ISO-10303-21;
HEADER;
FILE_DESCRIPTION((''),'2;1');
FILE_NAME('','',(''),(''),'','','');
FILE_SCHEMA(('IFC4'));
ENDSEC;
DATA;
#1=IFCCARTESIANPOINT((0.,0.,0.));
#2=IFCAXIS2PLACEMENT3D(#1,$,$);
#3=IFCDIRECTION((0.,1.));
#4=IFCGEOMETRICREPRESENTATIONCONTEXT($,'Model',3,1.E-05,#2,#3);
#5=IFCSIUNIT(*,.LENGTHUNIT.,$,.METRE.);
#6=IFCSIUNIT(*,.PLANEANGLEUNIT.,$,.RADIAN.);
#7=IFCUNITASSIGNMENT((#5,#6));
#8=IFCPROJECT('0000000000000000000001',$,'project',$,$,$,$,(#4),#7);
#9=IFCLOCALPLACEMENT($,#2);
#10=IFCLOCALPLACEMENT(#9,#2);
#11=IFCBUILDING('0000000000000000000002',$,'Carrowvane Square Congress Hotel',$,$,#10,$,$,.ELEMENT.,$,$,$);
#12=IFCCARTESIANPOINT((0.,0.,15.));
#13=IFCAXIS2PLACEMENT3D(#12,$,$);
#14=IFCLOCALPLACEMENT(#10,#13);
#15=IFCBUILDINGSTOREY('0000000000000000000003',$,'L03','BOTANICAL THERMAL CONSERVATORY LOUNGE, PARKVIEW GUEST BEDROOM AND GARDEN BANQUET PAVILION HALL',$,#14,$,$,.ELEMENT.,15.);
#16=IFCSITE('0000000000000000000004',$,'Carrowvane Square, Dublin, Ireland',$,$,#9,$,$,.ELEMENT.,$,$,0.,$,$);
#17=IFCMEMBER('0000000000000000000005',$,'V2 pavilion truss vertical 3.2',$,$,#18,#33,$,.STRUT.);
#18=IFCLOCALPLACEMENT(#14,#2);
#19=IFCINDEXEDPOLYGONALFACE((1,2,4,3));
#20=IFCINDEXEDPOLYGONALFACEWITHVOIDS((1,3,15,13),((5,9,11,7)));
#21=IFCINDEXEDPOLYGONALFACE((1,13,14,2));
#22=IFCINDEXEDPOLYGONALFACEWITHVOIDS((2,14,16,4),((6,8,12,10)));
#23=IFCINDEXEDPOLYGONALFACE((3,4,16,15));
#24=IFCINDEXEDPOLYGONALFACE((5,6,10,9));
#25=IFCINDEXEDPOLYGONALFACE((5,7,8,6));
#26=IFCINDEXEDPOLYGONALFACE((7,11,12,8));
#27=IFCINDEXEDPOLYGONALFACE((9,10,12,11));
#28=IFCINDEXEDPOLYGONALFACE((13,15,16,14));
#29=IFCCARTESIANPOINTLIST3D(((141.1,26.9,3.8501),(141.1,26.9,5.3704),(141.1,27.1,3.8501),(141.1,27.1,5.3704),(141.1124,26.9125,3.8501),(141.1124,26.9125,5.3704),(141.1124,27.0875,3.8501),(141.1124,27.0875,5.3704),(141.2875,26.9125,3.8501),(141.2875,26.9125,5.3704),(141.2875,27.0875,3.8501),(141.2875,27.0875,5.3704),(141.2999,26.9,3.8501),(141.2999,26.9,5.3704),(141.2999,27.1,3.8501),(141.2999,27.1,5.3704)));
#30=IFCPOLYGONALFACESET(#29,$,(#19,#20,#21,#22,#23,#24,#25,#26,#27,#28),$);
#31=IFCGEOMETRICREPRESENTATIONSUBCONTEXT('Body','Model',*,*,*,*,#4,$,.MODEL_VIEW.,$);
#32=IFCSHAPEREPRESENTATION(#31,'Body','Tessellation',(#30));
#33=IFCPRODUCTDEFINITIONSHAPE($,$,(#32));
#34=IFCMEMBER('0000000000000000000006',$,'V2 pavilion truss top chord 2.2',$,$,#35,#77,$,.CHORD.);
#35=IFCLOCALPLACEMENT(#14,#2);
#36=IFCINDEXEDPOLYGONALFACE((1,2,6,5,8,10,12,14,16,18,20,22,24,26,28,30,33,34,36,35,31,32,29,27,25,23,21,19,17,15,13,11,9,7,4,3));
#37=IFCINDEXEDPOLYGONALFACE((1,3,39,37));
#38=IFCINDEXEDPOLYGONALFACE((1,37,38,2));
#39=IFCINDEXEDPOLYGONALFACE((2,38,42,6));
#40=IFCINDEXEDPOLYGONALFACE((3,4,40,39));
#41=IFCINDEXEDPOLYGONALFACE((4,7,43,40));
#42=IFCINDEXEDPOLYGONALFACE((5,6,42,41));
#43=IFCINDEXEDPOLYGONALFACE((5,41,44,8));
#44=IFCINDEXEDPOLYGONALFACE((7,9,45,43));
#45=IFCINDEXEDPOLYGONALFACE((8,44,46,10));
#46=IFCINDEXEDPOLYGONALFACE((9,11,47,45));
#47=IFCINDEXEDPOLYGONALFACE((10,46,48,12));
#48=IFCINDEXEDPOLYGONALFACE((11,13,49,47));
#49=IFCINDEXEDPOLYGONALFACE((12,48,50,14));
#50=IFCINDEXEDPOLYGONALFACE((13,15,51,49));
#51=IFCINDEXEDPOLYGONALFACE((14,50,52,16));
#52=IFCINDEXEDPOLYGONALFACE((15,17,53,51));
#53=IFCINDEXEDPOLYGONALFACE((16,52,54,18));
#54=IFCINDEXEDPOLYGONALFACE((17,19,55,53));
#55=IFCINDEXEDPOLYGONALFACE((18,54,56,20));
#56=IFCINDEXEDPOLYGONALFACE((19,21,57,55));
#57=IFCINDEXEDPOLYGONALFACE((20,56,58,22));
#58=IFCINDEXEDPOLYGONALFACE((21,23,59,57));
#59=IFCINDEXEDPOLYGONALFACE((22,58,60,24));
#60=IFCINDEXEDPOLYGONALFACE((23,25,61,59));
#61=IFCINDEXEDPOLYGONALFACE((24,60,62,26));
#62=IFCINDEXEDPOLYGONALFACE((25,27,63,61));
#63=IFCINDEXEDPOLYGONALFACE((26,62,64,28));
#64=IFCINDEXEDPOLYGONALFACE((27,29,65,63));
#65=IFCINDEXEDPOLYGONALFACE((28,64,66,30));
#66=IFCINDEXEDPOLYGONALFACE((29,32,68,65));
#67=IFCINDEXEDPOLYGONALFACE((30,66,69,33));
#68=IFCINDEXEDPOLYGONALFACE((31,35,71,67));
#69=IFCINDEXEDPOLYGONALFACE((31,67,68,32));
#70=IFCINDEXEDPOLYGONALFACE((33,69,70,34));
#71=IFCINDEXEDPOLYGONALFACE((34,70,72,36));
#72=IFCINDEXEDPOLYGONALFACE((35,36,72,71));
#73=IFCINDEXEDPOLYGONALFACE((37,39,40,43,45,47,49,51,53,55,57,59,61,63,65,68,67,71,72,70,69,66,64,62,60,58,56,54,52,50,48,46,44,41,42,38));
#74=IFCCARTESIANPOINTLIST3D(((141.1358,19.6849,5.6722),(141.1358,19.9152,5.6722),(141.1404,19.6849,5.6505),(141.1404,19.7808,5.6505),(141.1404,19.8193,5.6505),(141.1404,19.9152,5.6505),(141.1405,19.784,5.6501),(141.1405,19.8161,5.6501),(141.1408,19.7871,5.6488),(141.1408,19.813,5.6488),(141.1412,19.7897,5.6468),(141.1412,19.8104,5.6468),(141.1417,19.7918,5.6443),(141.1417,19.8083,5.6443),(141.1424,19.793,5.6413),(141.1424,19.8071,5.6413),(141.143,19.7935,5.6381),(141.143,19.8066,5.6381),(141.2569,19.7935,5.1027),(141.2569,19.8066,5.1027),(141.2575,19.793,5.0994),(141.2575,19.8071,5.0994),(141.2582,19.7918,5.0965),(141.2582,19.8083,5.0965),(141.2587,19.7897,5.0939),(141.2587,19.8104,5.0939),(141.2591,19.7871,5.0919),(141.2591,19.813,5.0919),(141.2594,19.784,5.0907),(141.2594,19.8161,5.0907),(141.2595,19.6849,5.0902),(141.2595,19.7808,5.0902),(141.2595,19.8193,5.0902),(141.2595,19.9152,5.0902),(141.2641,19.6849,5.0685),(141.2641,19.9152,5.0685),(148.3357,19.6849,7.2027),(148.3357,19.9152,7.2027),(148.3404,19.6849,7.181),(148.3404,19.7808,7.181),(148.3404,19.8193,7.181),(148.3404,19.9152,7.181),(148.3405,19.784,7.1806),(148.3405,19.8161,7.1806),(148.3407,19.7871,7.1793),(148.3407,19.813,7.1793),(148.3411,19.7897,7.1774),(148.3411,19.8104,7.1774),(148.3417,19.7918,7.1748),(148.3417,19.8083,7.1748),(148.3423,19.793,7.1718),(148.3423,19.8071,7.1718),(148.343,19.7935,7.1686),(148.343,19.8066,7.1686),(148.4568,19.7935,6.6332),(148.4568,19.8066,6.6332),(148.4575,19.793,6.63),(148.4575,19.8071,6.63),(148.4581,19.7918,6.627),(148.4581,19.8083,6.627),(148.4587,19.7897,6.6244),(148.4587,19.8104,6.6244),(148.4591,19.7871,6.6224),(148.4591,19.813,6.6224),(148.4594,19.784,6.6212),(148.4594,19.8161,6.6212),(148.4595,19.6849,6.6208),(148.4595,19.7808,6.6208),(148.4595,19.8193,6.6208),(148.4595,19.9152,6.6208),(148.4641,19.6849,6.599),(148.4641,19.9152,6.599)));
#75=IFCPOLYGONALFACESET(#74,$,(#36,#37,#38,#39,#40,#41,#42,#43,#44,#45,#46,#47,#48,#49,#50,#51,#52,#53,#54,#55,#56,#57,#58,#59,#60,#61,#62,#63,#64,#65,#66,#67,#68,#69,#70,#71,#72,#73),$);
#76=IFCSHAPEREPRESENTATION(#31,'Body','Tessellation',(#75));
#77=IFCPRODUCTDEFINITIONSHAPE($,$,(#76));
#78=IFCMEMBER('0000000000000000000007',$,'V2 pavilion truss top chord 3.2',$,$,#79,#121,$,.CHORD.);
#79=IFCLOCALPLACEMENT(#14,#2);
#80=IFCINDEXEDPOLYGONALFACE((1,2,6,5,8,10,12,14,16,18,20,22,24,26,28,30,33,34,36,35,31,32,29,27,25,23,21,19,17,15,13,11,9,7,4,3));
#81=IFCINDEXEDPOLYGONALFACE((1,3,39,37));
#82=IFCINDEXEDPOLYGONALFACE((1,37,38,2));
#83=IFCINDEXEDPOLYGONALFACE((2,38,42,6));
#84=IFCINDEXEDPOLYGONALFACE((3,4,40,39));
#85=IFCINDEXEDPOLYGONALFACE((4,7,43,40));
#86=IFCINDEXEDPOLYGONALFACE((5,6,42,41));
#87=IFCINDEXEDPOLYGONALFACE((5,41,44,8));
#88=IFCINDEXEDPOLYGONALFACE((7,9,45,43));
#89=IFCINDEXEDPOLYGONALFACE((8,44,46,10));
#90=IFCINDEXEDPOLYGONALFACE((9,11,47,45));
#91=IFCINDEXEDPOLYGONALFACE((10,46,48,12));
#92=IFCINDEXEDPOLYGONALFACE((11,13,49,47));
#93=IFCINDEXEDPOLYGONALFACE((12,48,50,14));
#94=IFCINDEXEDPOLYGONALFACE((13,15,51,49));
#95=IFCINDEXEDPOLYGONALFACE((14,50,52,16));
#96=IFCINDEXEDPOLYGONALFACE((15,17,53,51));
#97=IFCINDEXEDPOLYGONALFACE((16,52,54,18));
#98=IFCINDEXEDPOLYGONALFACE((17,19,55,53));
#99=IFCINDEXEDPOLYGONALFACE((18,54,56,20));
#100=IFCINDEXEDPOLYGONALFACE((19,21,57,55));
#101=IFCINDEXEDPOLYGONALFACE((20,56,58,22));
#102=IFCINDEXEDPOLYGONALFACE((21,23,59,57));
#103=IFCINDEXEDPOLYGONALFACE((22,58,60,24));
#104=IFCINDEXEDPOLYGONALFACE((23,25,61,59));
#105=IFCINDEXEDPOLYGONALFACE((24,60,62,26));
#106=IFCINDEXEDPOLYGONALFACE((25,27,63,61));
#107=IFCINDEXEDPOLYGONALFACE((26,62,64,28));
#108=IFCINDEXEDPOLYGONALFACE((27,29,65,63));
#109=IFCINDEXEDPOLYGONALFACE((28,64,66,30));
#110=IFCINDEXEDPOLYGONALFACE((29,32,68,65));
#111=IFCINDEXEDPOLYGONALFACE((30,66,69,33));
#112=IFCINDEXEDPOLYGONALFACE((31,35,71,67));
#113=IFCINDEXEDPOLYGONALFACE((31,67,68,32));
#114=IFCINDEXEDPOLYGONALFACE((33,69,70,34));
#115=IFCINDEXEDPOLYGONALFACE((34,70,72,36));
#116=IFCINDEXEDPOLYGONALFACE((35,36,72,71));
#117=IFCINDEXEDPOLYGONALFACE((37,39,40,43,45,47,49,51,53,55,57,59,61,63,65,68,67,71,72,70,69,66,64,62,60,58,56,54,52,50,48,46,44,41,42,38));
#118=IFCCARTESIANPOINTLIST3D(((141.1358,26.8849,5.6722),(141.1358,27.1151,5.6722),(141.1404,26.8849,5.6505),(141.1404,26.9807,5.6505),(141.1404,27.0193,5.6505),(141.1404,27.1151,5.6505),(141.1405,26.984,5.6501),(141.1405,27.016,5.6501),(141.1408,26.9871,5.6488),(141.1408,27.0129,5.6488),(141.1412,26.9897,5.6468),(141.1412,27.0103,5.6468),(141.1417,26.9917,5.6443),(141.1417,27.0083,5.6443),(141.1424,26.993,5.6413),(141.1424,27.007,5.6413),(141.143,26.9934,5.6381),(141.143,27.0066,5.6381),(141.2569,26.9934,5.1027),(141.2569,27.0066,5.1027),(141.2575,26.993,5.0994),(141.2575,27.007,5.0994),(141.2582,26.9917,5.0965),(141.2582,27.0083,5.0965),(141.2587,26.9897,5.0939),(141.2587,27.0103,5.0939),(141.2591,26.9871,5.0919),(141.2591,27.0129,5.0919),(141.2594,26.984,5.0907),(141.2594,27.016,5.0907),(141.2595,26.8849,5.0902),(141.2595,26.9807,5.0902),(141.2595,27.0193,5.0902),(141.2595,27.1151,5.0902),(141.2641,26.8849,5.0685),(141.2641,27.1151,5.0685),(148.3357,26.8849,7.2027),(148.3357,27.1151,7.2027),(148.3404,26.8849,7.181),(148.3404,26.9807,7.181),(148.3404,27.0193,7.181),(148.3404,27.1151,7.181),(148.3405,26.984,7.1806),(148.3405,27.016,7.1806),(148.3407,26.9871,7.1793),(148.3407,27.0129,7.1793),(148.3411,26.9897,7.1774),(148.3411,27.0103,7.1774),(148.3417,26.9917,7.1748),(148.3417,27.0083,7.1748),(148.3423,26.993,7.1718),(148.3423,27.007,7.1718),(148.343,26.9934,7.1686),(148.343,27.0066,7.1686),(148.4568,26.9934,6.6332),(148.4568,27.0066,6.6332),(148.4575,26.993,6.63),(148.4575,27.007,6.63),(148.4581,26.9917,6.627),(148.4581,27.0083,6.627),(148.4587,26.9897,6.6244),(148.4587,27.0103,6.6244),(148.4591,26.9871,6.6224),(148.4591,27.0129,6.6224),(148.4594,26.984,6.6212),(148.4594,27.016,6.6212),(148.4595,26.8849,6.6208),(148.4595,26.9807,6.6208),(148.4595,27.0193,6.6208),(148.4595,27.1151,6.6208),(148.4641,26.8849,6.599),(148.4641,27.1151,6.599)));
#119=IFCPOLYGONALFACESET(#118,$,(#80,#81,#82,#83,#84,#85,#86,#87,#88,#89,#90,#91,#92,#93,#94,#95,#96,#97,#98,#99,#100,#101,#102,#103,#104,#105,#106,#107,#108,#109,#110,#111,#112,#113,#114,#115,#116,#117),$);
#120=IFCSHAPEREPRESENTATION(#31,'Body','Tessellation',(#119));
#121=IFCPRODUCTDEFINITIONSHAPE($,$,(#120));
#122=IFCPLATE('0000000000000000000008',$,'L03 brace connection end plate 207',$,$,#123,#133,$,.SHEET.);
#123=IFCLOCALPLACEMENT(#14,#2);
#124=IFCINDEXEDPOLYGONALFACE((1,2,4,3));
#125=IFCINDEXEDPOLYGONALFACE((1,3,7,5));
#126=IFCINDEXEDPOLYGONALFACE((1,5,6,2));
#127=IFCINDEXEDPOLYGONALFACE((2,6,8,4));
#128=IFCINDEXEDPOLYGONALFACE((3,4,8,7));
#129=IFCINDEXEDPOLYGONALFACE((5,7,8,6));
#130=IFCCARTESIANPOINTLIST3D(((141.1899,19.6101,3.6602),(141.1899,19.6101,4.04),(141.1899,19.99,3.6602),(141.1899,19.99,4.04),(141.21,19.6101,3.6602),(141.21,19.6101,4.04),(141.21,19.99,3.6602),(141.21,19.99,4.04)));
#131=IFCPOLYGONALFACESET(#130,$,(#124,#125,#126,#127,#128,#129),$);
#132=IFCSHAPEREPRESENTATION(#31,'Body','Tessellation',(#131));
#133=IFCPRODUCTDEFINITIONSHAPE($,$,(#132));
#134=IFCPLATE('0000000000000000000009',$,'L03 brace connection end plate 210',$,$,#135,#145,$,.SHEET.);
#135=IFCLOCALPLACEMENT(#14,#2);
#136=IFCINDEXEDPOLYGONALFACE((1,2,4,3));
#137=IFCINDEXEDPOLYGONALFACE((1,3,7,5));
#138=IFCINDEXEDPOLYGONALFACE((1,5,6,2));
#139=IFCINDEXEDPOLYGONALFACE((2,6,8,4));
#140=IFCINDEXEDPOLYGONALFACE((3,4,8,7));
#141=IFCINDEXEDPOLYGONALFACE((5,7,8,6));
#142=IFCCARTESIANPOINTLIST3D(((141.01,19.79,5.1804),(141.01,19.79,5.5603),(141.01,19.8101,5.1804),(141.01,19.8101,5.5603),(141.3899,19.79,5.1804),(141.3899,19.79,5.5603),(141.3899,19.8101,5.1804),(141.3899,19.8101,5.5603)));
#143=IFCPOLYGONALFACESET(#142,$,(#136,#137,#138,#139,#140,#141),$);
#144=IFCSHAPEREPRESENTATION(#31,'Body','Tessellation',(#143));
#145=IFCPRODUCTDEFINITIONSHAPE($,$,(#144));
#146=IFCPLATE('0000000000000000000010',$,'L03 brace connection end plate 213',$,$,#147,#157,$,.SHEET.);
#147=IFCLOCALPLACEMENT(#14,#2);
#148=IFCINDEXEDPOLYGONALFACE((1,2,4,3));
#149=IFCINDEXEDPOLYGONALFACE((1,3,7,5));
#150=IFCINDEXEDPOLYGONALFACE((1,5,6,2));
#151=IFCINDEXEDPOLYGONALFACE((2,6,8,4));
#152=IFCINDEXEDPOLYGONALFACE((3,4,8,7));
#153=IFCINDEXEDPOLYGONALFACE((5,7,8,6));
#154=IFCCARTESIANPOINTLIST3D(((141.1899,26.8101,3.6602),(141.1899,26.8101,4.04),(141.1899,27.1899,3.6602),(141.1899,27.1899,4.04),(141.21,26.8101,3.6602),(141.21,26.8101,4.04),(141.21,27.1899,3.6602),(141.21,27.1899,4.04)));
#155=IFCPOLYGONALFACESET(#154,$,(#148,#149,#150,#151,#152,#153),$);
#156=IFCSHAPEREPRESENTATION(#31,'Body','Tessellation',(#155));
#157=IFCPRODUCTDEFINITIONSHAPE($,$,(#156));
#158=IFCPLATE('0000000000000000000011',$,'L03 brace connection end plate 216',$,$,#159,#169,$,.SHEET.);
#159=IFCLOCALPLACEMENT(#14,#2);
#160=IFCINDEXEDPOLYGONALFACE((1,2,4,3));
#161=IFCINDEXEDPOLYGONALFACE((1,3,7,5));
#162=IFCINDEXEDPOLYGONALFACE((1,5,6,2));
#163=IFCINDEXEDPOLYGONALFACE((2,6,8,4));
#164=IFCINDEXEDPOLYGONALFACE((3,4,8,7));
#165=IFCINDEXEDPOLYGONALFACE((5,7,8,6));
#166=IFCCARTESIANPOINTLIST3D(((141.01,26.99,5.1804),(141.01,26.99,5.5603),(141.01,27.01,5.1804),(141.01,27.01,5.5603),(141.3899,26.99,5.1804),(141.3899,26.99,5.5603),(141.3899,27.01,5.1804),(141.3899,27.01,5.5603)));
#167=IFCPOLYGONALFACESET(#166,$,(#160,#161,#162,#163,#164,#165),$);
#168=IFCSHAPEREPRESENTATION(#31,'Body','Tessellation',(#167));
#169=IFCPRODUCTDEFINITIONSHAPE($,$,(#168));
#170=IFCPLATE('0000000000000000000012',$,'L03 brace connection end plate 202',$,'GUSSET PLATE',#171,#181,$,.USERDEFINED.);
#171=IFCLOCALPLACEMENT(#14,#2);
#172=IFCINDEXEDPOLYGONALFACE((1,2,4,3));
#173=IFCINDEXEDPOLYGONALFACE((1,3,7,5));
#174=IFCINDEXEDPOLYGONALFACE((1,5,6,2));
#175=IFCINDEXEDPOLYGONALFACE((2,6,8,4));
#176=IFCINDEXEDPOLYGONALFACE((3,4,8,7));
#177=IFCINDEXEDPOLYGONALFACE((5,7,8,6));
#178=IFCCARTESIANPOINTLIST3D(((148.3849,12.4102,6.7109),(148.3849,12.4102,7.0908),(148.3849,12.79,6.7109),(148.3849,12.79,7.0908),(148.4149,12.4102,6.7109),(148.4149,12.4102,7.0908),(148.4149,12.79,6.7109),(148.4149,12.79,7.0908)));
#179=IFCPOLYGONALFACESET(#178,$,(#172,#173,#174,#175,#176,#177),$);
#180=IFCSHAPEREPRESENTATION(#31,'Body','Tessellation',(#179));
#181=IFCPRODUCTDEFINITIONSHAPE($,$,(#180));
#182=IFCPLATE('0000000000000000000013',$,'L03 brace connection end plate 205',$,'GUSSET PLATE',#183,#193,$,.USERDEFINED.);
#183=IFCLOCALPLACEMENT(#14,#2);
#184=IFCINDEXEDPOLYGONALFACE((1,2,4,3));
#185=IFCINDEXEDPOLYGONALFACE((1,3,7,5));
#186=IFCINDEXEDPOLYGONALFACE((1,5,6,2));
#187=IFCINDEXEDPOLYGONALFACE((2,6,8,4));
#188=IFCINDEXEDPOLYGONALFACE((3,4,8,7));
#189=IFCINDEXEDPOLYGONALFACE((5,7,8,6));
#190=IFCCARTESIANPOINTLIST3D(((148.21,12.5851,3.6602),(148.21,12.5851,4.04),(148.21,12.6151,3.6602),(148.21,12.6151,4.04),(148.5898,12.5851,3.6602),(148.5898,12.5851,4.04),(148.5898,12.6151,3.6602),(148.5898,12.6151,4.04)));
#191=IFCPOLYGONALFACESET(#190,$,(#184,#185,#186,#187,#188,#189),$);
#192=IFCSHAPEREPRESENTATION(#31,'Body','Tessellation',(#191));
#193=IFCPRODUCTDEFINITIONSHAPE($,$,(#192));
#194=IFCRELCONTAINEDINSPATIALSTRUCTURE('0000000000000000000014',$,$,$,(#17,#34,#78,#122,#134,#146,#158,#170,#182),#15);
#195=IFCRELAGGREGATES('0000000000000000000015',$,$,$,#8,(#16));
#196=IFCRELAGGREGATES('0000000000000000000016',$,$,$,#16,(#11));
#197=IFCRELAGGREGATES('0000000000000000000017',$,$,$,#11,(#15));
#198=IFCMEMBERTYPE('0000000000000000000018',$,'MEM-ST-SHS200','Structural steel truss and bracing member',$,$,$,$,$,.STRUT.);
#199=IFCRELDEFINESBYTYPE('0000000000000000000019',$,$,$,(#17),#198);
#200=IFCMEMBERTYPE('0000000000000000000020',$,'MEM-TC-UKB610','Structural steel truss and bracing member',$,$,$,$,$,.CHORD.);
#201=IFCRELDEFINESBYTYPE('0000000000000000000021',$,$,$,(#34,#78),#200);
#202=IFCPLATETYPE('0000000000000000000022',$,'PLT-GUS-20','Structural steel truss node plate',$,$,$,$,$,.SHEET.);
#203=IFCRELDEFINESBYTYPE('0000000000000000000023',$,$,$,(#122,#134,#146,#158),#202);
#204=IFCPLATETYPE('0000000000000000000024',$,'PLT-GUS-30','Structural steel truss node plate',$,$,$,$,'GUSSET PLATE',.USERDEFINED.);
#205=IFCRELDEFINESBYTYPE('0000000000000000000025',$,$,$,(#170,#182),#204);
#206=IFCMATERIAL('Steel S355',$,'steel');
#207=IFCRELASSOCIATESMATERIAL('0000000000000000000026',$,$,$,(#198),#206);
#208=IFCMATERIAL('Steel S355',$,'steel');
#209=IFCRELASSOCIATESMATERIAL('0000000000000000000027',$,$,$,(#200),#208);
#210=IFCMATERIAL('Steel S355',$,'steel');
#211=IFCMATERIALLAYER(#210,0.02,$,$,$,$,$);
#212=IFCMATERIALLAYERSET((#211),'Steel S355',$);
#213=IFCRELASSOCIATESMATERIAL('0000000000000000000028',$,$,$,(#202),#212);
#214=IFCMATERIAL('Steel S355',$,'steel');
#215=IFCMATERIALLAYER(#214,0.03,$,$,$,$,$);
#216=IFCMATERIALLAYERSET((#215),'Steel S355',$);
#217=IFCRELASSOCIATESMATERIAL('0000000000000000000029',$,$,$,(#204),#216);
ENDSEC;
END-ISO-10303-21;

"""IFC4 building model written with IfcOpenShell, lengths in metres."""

from ifc_helpers import new_model, si_unit, direction, frame, origin, origin_2d, place, context, subcontext, project, spatial, rectangle, hollow_rectangle, i_section, extrude, material, layer, layer_set, material_profile, profile_set, type_object, element, save


model = new_model("IFC4")

# Units and contexts
model_context = context("Model", 3, precision=1e-05, world=origin(), true_north=direction((0.0, 1.0)))
body_context = subcontext(model_context, "Body", "Model", "MODEL_VIEW")
ifc_project = project(units=[si_unit("LENGTHUNIT", "METRE"), si_unit("PLANEANGLEUNIT", "RADIAN")], contexts=[model_context])

# Site, building, storey
site_placement = place(None, origin())
site = spatial("IfcSite", under=ifc_project, at=site_placement, Name="Carrowvane Square, Dublin, Ireland", CompositionType="ELEMENT", RefElevation=0.0)
building_placement = place(site_placement, origin())
building = spatial("IfcBuilding", under=site, at=building_placement, Name="Carrowvane Square Congress Hotel", CompositionType="ELEMENT")
storey_placement = place(building_placement, frame((0.0, 0.0, 15.0)))
storey = spatial("IfcBuildingStorey", under=building, at=storey_placement, Name="L03", Description="BOTANICAL THERMAL CONSERVATORY LOUNGE, PARKVIEW GUEST BEDROOM AND GARDEN BANQUET PAVILION HALL", CompositionType="ELEMENT", Elevation=15.0)

# Members
ifc_material_1 = material(Name="Steel S355", Category="steel")
ifc_material_profile_1 = material_profile(ifc_material_1, hollow_rectangle(XDim=0.2, YDim=0.2, WallThickness=0.0125, at=origin_2d()), Name="SHS 200x200x12.5")
ifc_profile_set_1 = profile_set([ifc_material_profile_1], Name="Steel S355")
member_type_1 = type_object("IfcMemberType", Name="MEM-ST-SHS200", Description="Structural steel truss and bracing member", PredefinedType="STRUT", material=ifc_profile_set_1)
for number, where, z_axis, x_axis, name in (
    (1, (141.2, 27.0, 3.8501), (0.0, 0.0, 1.0), (1.0, 0.0, 0.0), "V2 pavilion truss vertical 3.2"),
):
    element("IfcMember", number, at=place(storey_placement, frame(where, z_axis=z_axis, x_axis=x_axis)), inside=storey, type_object=member_type_1, Name=name, PredefinedType="STRUT", context=body_context, shape_type="SweptSolid", body=[
        extrude(hollow_rectangle(XDim=0.2, YDim=0.2, WallThickness=0.0125, at=origin_2d()), origin(), (0.0, 0.0, 1.0), 1.5203),
    ])
ifc_material_2 = material(Name="Steel S355", Category="steel")
ifc_material_profile_2 = material_profile(ifc_material_2, i_section(OverallWidth=0.2302, OverallDepth=0.6172, WebThickness=0.0132, FlangeThickness=0.0222, FilletRadius=0.0127, at=origin_2d()), Name="UKB 610x229x140")
ifc_profile_set_2 = profile_set([ifc_material_profile_2], Name="Steel S355")
member_type_2 = type_object("IfcMemberType", Name="MEM-TC-UKB610", Description="Structural steel truss and bracing member", PredefinedType="CHORD", material=ifc_profile_set_2)
for number, where, z_axis, x_axis, name in (
    (2, (141.2, 19.8, 5.3704), (0.978144, 0.0, 0.207927), (0.0, 1.0, 0.0), "V2 pavilion truss top chord 2.2"),
    (3, (141.2, 27.0, 5.3704), (0.978144, 0.0, 0.207927), (0.0, 1.0, 0.0), "V2 pavilion truss top chord 3.2"),
):
    element("IfcMember", number, at=place(storey_placement, frame(where, z_axis=z_axis, x_axis=x_axis)), inside=storey, type_object=member_type_2, Name=name, PredefinedType="CHORD", context=body_context, shape_type="SweptSolid", body=[
        extrude(i_section(OverallWidth=0.2302, OverallDepth=0.6172, WebThickness=0.0132, FlangeThickness=0.0222, FilletRadius=0.0127, at=origin_2d()), origin(), (0.0, 0.0, 1.0), 7.3608),
    ])

# Plates
ifc_material_3 = material(Name="Steel S355", Category="steel")
ifc_layer_1 = layer(ifc_material_3, 0.02)
ifc_layer_set_1 = layer_set([ifc_layer_1], Name="Steel S355")
plate_type_1 = type_object("IfcPlateType", Name="PLT-GUS-20", Description="Structural steel truss node plate", PredefinedType="SHEET", material=ifc_layer_set_1)
plate_1_placement = place(storey_placement, frame((141.2, 19.8, 3.6602), z_axis=(0.0, 0.0, 1.0), x_axis=(1.0, 0.0, 0.0)))
element("IfcPlate", 4, at=plate_1_placement, inside=storey, type_object=plate_type_1, Name="L03 brace connection end plate 207", PredefinedType="SHEET", context=body_context, shape_type="SweptSolid", body=[
    extrude(rectangle(XDim=0.02, YDim=0.3799, at=origin_2d()), origin(), (0.0, 0.0, 1.0), 0.3799),
])
plate_2_placement = place(storey_placement, frame((141.2, 19.8, 5.1804), z_axis=(0.0, 0.0, 1.0), x_axis=(1.0, 0.0, 0.0)))
element("IfcPlate", 5, at=plate_2_placement, inside=storey, type_object=plate_type_1, Name="L03 brace connection end plate 210", PredefinedType="SHEET", context=body_context, shape_type="SweptSolid", body=[
    extrude(rectangle(XDim=0.3799, YDim=0.02, at=origin_2d()), origin(), (0.0, 0.0, 1.0), 0.3799),
])
plate_3_placement = place(storey_placement, frame((141.2, 27.0, 3.6602), z_axis=(0.0, 0.0, 1.0), x_axis=(1.0, 0.0, 0.0)))
element("IfcPlate", 6, at=plate_3_placement, inside=storey, type_object=plate_type_1, Name="L03 brace connection end plate 213", PredefinedType="SHEET", context=body_context, shape_type="SweptSolid", body=[
    extrude(rectangle(XDim=0.02, YDim=0.3799, at=origin_2d()), origin(), (0.0, 0.0, 1.0), 0.3799),
])
plate_4_placement = place(storey_placement, frame((141.2, 27.0, 5.1804), z_axis=(0.0, 0.0, 1.0), x_axis=(1.0, 0.0, 0.0)))
element("IfcPlate", 7, at=plate_4_placement, inside=storey, type_object=plate_type_1, Name="L03 brace connection end plate 216", PredefinedType="SHEET", context=body_context, shape_type="SweptSolid", body=[
    extrude(rectangle(XDim=0.3799, YDim=0.02, at=origin_2d()), origin(), (0.0, 0.0, 1.0), 0.3799),
])
ifc_material_4 = material(Name="Steel S355", Category="steel")
ifc_layer_2 = layer(ifc_material_4, 0.03)
ifc_layer_set_2 = layer_set([ifc_layer_2], Name="Steel S355")
plate_type_2 = type_object("IfcPlateType", Name="PLT-GUS-30", Description="Structural steel truss node plate", ElementType="GUSSET PLATE", PredefinedType="USERDEFINED", material=ifc_layer_set_2)
plate_5_placement = place(storey_placement, frame((148.3999, 12.6001, 6.7109), z_axis=(0.0, 0.0, 1.0), x_axis=(1.0, 0.0, 0.0)))
element("IfcPlate", 8, at=plate_5_placement, inside=storey, type_object=plate_type_2, Name="L03 brace connection end plate 202", ObjectType="GUSSET PLATE", PredefinedType="USERDEFINED", context=body_context, shape_type="SweptSolid", body=[
    extrude(rectangle(XDim=0.03, YDim=0.3799, at=origin_2d()), origin(), (0.0, 0.0, 1.0), 0.3799),
])
plate_6_placement = place(storey_placement, frame((148.3999, 12.6001, 3.6602), z_axis=(0.0, 0.0, 1.0), x_axis=(1.0, 0.0, 0.0)))
element("IfcPlate", 9, at=plate_6_placement, inside=storey, type_object=plate_type_2, Name="L03 brace connection end plate 205", ObjectType="GUSSET PLATE", PredefinedType="USERDEFINED", context=body_context, shape_type="SweptSolid", body=[
    extrude(rectangle(XDim=0.3799, YDim=0.03, at=origin_2d()), origin(), (0.0, 0.0, 1.0), 0.3799),
])

save(model, "model.ifc")
